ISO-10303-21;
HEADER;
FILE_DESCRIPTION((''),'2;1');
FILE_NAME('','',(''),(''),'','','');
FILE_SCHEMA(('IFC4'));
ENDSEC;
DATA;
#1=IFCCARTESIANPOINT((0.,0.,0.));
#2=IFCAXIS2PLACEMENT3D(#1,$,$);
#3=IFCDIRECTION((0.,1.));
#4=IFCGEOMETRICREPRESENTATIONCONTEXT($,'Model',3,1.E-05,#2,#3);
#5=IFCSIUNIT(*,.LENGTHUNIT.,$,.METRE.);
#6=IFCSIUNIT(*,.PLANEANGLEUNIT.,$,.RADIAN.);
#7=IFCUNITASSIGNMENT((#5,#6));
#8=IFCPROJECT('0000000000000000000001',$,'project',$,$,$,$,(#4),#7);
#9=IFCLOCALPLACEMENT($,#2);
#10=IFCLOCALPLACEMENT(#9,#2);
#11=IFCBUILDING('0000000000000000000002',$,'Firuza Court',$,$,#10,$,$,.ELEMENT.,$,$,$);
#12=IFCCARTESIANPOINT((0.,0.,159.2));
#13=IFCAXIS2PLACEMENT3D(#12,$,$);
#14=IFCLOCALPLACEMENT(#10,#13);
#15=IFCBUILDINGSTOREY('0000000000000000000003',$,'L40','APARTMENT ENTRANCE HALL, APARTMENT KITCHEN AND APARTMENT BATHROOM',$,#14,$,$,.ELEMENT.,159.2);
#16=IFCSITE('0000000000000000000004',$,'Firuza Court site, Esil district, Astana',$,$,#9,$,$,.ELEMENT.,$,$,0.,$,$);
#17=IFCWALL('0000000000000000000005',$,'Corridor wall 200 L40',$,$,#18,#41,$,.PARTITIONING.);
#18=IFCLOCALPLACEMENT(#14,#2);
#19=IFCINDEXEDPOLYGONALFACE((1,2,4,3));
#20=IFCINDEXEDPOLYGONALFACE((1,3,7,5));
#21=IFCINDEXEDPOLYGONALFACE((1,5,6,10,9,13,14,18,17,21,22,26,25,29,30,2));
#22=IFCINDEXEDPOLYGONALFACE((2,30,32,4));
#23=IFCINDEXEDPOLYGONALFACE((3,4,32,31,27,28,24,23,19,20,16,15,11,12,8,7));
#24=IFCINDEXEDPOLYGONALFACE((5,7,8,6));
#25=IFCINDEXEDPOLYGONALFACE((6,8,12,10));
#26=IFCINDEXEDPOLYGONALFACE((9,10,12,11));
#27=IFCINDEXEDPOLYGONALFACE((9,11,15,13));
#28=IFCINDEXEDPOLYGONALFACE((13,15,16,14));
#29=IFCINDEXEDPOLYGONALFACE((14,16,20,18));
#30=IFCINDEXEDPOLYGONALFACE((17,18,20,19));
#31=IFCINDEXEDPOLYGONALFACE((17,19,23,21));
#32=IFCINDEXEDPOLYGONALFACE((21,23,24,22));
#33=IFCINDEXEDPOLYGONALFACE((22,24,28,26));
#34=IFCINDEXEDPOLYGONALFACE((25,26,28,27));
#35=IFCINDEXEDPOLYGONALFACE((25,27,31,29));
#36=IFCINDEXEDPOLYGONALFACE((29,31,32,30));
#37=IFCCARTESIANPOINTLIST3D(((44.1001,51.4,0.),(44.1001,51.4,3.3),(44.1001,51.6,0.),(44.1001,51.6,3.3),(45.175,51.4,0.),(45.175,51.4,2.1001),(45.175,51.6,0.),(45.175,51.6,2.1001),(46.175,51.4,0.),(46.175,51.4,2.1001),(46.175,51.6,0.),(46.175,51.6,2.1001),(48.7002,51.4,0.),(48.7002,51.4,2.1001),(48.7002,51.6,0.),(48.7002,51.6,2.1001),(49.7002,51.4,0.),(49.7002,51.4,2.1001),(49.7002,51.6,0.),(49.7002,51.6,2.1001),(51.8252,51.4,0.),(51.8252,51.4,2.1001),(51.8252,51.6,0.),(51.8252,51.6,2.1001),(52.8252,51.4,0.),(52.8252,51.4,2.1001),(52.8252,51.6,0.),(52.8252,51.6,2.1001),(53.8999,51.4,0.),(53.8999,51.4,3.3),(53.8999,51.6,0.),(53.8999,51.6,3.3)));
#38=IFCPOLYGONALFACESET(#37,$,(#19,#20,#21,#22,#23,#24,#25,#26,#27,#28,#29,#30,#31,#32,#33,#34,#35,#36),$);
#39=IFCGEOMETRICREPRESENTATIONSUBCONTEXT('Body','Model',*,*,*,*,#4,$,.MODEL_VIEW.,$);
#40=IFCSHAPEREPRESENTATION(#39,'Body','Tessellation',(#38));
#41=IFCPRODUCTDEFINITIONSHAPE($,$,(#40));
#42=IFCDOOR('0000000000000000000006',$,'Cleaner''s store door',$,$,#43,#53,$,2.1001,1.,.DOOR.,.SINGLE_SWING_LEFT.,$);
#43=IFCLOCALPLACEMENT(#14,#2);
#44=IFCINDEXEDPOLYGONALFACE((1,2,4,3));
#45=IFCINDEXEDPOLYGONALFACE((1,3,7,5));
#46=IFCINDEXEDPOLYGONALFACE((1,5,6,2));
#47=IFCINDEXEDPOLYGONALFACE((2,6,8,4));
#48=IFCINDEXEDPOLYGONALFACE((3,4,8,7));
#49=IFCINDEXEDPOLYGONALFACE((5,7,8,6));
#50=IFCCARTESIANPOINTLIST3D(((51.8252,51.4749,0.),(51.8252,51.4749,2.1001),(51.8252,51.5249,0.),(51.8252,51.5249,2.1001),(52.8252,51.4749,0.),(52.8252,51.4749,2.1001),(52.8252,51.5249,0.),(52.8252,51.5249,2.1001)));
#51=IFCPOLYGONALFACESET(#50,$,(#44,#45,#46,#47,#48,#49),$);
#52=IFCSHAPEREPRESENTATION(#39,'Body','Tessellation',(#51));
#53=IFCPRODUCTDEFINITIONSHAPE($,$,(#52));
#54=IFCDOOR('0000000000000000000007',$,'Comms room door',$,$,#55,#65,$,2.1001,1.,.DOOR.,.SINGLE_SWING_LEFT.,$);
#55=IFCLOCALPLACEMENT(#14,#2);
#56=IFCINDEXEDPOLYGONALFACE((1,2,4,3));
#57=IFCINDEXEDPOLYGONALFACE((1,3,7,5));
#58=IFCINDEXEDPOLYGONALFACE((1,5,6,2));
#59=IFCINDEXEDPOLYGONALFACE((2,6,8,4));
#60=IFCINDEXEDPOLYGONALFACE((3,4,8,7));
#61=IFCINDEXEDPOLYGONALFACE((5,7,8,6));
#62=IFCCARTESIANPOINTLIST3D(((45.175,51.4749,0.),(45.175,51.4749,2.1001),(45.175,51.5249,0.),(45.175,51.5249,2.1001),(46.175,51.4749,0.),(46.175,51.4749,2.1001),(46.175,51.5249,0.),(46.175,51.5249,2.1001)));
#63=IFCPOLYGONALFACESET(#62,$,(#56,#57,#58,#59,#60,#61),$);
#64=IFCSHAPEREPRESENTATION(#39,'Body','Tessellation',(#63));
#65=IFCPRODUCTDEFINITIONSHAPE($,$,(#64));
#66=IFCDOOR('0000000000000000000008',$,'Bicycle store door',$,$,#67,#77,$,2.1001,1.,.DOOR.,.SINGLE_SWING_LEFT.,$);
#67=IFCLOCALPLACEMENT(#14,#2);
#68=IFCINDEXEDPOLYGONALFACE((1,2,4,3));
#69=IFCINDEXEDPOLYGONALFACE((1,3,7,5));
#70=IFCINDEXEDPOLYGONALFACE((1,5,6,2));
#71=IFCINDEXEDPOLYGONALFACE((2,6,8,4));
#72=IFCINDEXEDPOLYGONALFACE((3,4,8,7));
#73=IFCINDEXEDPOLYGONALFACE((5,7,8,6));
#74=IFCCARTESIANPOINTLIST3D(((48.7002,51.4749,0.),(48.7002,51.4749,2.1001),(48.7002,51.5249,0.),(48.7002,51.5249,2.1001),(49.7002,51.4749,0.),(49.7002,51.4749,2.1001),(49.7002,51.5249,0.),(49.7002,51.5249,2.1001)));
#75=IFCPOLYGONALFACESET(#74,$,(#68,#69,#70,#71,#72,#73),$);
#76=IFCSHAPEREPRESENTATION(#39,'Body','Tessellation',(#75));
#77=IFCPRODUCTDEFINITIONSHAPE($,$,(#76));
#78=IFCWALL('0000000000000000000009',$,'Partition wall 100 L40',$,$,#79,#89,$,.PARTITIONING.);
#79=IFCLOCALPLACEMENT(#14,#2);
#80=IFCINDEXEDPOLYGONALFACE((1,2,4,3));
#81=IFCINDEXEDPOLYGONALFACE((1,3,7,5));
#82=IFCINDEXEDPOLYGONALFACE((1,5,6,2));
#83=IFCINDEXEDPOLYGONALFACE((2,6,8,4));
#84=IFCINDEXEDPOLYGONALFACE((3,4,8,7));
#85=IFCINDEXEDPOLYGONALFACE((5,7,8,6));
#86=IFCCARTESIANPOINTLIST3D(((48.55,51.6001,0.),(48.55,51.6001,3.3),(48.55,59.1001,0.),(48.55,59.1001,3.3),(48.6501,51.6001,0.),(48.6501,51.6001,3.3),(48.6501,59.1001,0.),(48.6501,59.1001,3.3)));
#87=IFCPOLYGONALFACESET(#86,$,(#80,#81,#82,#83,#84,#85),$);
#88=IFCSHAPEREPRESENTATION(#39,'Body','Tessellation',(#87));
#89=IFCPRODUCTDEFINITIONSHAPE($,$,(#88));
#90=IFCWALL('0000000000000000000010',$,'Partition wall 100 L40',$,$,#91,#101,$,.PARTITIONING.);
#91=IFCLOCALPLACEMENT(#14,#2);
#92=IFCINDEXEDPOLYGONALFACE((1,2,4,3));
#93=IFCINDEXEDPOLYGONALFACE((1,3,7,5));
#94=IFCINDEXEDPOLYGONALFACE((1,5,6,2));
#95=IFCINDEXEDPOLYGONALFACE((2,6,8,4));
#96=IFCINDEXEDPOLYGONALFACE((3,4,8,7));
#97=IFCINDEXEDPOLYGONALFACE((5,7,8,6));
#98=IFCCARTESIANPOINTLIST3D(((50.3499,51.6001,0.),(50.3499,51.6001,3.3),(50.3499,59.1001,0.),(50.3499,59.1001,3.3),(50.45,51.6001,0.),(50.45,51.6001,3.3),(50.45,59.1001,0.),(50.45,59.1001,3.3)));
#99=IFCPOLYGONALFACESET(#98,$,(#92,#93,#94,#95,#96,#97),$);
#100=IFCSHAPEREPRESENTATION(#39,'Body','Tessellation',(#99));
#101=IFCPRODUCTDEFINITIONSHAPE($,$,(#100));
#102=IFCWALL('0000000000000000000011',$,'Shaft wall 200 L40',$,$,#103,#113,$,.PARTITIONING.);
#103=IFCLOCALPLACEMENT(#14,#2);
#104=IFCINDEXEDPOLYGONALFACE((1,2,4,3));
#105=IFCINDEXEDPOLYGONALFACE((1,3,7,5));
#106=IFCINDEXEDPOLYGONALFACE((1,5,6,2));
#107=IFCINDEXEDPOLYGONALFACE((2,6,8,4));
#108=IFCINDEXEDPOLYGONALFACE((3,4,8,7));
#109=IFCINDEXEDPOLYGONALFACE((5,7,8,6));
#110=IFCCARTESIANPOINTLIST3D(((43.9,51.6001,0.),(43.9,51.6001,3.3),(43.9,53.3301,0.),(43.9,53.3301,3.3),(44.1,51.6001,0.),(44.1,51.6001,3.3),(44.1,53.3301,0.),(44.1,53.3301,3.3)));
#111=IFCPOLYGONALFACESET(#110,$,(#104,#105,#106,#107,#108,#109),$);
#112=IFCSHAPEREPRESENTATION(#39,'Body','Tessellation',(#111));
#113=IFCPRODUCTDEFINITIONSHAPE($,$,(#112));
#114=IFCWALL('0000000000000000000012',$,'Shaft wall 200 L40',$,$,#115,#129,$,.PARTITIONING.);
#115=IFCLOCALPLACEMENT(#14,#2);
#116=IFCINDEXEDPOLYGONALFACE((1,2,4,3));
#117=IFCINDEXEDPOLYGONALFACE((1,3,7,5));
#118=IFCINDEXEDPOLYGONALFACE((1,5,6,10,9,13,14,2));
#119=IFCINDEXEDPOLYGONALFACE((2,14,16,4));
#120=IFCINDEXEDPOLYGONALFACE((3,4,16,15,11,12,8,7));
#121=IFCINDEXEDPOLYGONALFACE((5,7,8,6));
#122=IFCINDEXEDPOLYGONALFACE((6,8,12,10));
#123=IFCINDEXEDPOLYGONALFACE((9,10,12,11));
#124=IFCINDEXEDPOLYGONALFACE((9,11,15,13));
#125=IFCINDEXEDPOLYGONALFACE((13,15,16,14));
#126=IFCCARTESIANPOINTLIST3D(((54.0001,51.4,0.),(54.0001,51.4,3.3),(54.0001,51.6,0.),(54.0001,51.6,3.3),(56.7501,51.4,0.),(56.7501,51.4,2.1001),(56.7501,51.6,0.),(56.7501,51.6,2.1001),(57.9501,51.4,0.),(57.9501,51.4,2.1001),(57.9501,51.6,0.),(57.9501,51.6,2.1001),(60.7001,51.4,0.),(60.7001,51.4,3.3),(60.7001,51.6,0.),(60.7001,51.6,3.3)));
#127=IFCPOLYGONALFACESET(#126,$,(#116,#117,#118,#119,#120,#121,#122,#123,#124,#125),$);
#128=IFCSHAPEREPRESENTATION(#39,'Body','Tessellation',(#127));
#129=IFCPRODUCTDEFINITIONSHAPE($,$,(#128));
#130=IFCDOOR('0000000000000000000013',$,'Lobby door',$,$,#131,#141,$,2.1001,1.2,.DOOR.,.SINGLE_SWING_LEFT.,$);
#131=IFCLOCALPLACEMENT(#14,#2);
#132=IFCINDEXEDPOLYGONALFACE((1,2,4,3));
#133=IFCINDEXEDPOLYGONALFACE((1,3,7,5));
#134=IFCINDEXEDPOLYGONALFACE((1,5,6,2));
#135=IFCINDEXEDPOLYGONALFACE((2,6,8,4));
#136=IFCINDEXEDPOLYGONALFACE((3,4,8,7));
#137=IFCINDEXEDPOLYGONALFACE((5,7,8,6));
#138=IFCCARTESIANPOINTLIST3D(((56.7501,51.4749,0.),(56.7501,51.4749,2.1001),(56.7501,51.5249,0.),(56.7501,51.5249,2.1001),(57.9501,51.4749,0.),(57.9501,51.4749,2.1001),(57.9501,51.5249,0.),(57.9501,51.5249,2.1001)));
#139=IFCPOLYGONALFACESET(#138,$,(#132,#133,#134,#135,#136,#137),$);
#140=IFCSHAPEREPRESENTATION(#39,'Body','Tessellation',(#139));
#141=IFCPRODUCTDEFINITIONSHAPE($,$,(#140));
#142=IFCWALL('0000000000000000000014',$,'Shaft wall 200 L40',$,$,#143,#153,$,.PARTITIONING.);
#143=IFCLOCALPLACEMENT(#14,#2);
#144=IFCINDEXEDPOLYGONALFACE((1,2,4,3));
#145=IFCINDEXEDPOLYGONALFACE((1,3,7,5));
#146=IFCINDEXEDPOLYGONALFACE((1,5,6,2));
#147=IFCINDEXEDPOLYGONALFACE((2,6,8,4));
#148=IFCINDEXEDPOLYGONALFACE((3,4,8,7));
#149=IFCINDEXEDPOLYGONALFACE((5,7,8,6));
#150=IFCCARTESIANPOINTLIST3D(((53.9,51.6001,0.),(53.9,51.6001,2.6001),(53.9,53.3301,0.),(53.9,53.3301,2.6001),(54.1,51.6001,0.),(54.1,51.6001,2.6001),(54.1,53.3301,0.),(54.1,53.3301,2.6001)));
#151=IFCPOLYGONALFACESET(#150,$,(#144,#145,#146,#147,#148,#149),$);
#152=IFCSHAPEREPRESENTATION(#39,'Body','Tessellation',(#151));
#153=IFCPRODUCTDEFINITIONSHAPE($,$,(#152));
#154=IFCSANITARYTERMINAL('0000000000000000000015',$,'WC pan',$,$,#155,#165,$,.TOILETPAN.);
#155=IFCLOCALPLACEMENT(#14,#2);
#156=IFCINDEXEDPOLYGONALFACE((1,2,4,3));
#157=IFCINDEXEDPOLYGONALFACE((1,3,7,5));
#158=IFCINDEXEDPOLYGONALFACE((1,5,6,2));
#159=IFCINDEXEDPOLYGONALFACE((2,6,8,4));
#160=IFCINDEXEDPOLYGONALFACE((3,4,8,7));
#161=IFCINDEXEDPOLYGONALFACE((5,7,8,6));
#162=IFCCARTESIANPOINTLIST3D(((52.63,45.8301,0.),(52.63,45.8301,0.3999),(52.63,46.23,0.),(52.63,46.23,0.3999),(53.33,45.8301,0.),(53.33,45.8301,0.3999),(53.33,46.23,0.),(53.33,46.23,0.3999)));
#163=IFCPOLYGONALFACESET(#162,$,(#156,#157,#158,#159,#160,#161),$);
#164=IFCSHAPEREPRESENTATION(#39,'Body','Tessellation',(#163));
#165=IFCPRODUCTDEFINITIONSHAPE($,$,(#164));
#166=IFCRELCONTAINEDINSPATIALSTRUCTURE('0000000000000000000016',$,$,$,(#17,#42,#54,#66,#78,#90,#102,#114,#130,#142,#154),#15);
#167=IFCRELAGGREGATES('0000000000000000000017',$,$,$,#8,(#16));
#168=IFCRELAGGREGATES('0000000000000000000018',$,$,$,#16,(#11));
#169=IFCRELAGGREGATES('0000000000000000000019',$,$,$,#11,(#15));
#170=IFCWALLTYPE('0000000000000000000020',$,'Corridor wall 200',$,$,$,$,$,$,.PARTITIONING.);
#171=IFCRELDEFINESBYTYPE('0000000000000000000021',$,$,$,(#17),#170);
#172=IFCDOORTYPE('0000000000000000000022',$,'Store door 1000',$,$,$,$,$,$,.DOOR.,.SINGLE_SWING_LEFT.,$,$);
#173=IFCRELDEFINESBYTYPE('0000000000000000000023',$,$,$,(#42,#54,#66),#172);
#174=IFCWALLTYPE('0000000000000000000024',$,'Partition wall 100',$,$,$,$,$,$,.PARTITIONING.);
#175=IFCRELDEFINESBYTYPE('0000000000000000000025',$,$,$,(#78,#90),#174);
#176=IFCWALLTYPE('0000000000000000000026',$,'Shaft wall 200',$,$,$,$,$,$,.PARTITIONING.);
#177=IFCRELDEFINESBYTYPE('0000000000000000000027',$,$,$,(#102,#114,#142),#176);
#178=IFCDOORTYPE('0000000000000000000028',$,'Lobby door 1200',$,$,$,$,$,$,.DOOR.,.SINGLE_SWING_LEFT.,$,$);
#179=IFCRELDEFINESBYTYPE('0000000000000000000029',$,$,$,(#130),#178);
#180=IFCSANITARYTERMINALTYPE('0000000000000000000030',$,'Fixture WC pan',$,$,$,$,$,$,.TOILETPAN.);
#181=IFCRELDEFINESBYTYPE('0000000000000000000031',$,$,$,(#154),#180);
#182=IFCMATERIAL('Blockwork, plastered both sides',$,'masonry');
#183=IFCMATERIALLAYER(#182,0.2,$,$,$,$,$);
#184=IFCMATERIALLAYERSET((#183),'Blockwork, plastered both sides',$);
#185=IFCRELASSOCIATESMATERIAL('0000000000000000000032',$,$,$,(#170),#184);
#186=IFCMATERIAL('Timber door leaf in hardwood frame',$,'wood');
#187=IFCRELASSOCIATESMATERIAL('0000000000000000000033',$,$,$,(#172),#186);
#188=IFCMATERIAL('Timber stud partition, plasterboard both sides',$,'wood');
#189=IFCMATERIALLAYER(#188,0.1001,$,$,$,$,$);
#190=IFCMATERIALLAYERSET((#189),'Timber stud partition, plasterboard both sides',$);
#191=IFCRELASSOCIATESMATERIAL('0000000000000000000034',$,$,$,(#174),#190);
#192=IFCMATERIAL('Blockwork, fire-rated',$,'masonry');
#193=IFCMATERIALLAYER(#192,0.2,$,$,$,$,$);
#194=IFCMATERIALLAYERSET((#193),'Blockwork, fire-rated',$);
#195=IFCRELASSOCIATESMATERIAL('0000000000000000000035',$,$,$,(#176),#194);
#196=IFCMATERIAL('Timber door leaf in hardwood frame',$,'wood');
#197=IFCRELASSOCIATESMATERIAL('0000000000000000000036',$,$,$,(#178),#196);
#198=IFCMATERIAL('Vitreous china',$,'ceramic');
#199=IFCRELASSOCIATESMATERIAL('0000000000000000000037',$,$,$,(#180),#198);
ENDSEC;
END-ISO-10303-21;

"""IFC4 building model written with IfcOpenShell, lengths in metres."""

from ifc_helpers import new_model, si_unit, direction, frame, frame_2d, origin, origin_2d, place, context, subcontext, project, spatial, rectangle, extrude, material, layer, layer_set, type_object, element, fill, save


model = new_model("IFC4")

# Units and contexts
model_context = context("Model", 3, precision=1e-05, world=origin(), true_north=direction((0.0, 1.0)))
body_context = subcontext(model_context, "Body", "Model", "MODEL_VIEW")
ifc_project = project(units=[si_unit("LENGTHUNIT", "METRE"), si_unit("PLANEANGLEUNIT", "RADIAN")], contexts=[model_context])

# Site, building, storey
site_placement = place(None, origin())
site = spatial("IfcSite", under=ifc_project, at=site_placement, Name="Firuza Court site, Esil district, Astana", CompositionType="ELEMENT", RefElevation=0.0)
building_placement = place(site_placement, origin())
building = spatial("IfcBuilding", under=site, at=building_placement, Name="Firuza Court", CompositionType="ELEMENT")
storey_placement = place(building_placement, frame((0.0, 0.0, 159.2)))
storey = spatial("IfcBuildingStorey", under=building, at=storey_placement, Name="L40", Description="APARTMENT ENTRANCE HALL, APARTMENT KITCHEN AND APARTMENT BATHROOM", CompositionType="ELEMENT", Elevation=159.2)

# Shared definitions
ifc_material_1 = material(Name="Blockwork, plastered both sides", Category="masonry")
ifc_layer_1 = layer(ifc_material_1, 0.2)
ifc_layer_set_1 = layer_set([ifc_layer_1], Name="Blockwork, plastered both sides")
wall_type_1 = type_object("IfcWallType", Name="Corridor wall 200", PredefinedType="PARTITIONING", material=ifc_layer_set_1)

# Wall, openings, doors
wall_1_placement = place(storey_placement, frame((44.1001, 51.5, 0.0), z_axis=(0.0, 0.0, 1.0), x_axis=(1.0, 0.0, 0.0)))
wall_1 = element("IfcWall", 1, at=wall_1_placement, inside=storey, type_object=wall_type_1, Name="Corridor wall 200 L40", PredefinedType="PARTITIONING", context=body_context, shape_type="SweptSolid", body=[
    extrude(rectangle(XDim=9.7998, YDim=0.2, at=frame_2d((4.8999, 0.0))), origin(), (0.0, 0.0, 1.0), 3.3),
])
opening_1_placement = place(wall_1_placement, frame((7.7251, 0.0, 0.0)))
opening_1 = element("IfcOpeningElement", 2, at=opening_1_placement, cuts=wall_1, PredefinedType="OPENING", context=body_context, shape_type="SweptSolid", body=[
    extrude(rectangle(XDim=1.0, YDim=2.1001, at=frame_2d((0.5, 1.05))), frame((0.0, 0.1118, 0.0), z_axis=(0.0, -1.0, 0.0), x_axis=(1.0, 0.0, 0.0)), (0.0, 0.0, 1.0), 0.2239),
])
opening_2_placement = place(wall_1_placement, frame((1.075, 0.0, 0.0)))
opening_2 = element("IfcOpeningElement", 3, at=opening_2_placement, cuts=wall_1, PredefinedType="OPENING", context=body_context, shape_type="SweptSolid", body=[
    extrude(rectangle(XDim=1.0, YDim=2.1001, at=frame_2d((0.5, 1.05))), frame((0.0, 0.1118, 0.0), z_axis=(0.0, -1.0, 0.0), x_axis=(1.0, 0.0, 0.0)), (0.0, 0.0, 1.0), 0.2239),
])
opening_3_placement = place(wall_1_placement, frame((4.6001, 0.0, 0.0)))
opening_3 = element("IfcOpeningElement", 4, at=opening_3_placement, cuts=wall_1, PredefinedType="OPENING", context=body_context, shape_type="SweptSolid", body=[
    extrude(rectangle(XDim=1.0, YDim=2.1001, at=frame_2d((0.5, 1.05))), frame((0.0, 0.1118, 0.0), z_axis=(0.0, -1.0, 0.0), x_axis=(1.0, 0.0, 0.0)), (0.0, 0.0, 1.0), 0.2239),
])
ifc_material_2 = material(Name="Timber door leaf in hardwood frame", Category="wood")
door_type_1 = type_object("IfcDoorType", Name="Store door 1000", OperationType="SINGLE_SWING_LEFT", PredefinedType="DOOR", material=ifc_material_2)
door_1_placement = place(opening_1_placement, origin())
door_1 = element("IfcDoor", 5, at=door_1_placement, inside=storey, type_object=door_type_1, Name="Cleaner's store door", OperationType="SINGLE_SWING_LEFT", OverallHeight=2.1001, OverallWidth=1.0, PredefinedType="DOOR", context=body_context, shape_type="SweptSolid", body=[
    extrude(rectangle(XDim=1.0, YDim=2.1001, at=frame_2d((0.5, 1.05))), frame((0.0, 0.0249, 0.0), z_axis=(0.0, -1.0, 0.0), x_axis=(1.0, 0.0, 0.0)), (0.0, 0.0, 1.0), 0.05),
])
fill(opening_1, door_1)
door_2_placement = place(opening_2_placement, origin())
door_2 = element("IfcDoor", 6, at=door_2_placement, inside=storey, type_object=door_type_1, Name="Comms room door", OperationType="SINGLE_SWING_LEFT", OverallHeight=2.1001, OverallWidth=1.0, PredefinedType="DOOR", context=body_context, shape_type="SweptSolid", body=[
    extrude(rectangle(XDim=1.0, YDim=2.1001, at=frame_2d((0.5, 1.05))), frame((0.0, 0.0249, 0.0), z_axis=(0.0, -1.0, 0.0), x_axis=(1.0, 0.0, 0.0)), (0.0, 0.0, 1.0), 0.05),
])
fill(opening_2, door_2)
door_3_placement = place(opening_3_placement, origin())
door_3 = element("IfcDoor", 7, at=door_3_placement, inside=storey, type_object=door_type_1, Name="Bicycle store door", OperationType="SINGLE_SWING_LEFT", OverallHeight=2.1001, OverallWidth=1.0, PredefinedType="DOOR", context=body_context, shape_type="SweptSolid", body=[
    extrude(rectangle(XDim=1.0, YDim=2.1001, at=frame_2d((0.5, 1.05))), frame((0.0, 0.0249, 0.0), z_axis=(0.0, -1.0, 0.0), x_axis=(1.0, 0.0, 0.0)), (0.0, 0.0, 1.0), 0.05),
])
fill(opening_3, door_3)

# Walls
ifc_material_3 = material(Name="Timber stud partition, plasterboard both sides", Category="wood")
ifc_layer_2 = layer(ifc_material_3, 0.1001)
ifc_layer_set_2 = layer_set([ifc_layer_2], Name="Timber stud partition, plasterboard both sides")
wall_type_2 = type_object("IfcWallType", Name="Partition wall 100", PredefinedType="PARTITIONING", material=ifc_layer_set_2)
for number, where, z_axis, x_axis, name in (
    (8, (48.6001, 51.6001, 0.0), (0.0, 0.0, 1.0), (0.0, 1.0, 0.0), "Partition wall 100 L40"),
    (9, (50.3999, 51.6001, 0.0), (0.0, 0.0, 1.0), (0.0, 1.0, 0.0), "Partition wall 100 L40"),
):
    element("IfcWall", number, at=place(storey_placement, frame(where, z_axis=z_axis, x_axis=x_axis)), inside=storey, type_object=wall_type_2, Name=name, PredefinedType="PARTITIONING", context=body_context, shape_type="SweptSolid", body=[
        extrude(rectangle(XDim=7.5, YDim=0.1001, at=frame_2d((3.75, 0.0))), origin(), (0.0, 0.0, 1.0), 3.3),
    ])
ifc_material_4 = material(Name="Blockwork, fire-rated", Category="masonry")
ifc_layer_3 = layer(ifc_material_4, 0.2)
ifc_layer_set_3 = layer_set([ifc_layer_3], Name="Blockwork, fire-rated")
wall_type_3 = type_object("IfcWallType", Name="Shaft wall 200", PredefinedType="PARTITIONING", material=ifc_layer_set_3)
wall_2_placement = place(storey_placement, frame((44.0, 51.6001, 0.0), z_axis=(0.0, 0.0, 1.0), x_axis=(0.0, 1.0, 0.0)))
element("IfcWall", 10, at=wall_2_placement, inside=storey, type_object=wall_type_3, Name="Shaft wall 200 L40", PredefinedType="PARTITIONING", context=body_context, shape_type="SweptSolid", body=[
    extrude(rectangle(XDim=1.73, YDim=0.2, at=frame_2d((0.865, 0.0))), origin(), (0.0, 0.0, 1.0), 3.3),
])

# Wall, opening, door
wall_3_placement = place(storey_placement, frame((54.0, 51.5, 0.0), z_axis=(0.0, 0.0, 1.0), x_axis=(1.0, 0.0, 0.0)))
wall_3 = element("IfcWall", 11, at=wall_3_placement, inside=storey, type_object=wall_type_3, Name="Shaft wall 200 L40", PredefinedType="PARTITIONING", context=body_context, shape_type="SweptSolid", body=[
    extrude(rectangle(XDim=6.7, YDim=0.2, at=frame_2d((3.3501, 0.0))), origin(), (0.0, 0.0, 1.0), 3.3),
])
opening_4_placement = place(wall_3_placement, frame((2.75, 0.0, 0.0)))
opening_4 = element("IfcOpeningElement", 12, at=opening_4_placement, cuts=wall_3, PredefinedType="OPENING", context=body_context, shape_type="SweptSolid", body=[
    extrude(rectangle(XDim=1.2, YDim=2.1001, at=frame_2d((0.6001, 1.05))), frame((0.0, 0.1118, 0.0), z_axis=(0.0, -1.0, 0.0), x_axis=(1.0, 0.0, 0.0)), (0.0, 0.0, 1.0), 0.2239),
])
ifc_material_5 = material(Name="Timber door leaf in hardwood frame", Category="wood")
door_type_2 = type_object("IfcDoorType", Name="Lobby door 1200", OperationType="SINGLE_SWING_LEFT", PredefinedType="DOOR", material=ifc_material_5)
door_4_placement = place(opening_4_placement, origin())
door_4 = element("IfcDoor", 13, at=door_4_placement, inside=storey, type_object=door_type_2, Name="Lobby door", OperationType="SINGLE_SWING_LEFT", OverallHeight=2.1001, OverallWidth=1.2, PredefinedType="DOOR", context=body_context, shape_type="SweptSolid", body=[
    extrude(rectangle(XDim=1.2, YDim=2.1001, at=frame_2d((0.6001, 1.05))), frame((0.0, 0.0249, 0.0), z_axis=(0.0, -1.0, 0.0), x_axis=(1.0, 0.0, 0.0)), (0.0, 0.0, 1.0), 0.05),
])
fill(opening_4, door_4)

# Wall
wall_4_placement = place(storey_placement, frame((54.0, 51.6001, 0.0), z_axis=(0.0, 0.0, 1.0), x_axis=(0.0, 1.0, 0.0)))
element("IfcWall", 14, at=wall_4_placement, inside=storey, type_object=wall_type_3, Name="Shaft wall 200 L40", PredefinedType="PARTITIONING", context=body_context, shape_type="SweptSolid", body=[
    extrude(rectangle(XDim=1.73, YDim=0.2, at=frame_2d((0.865, 0.0))), origin(), (0.0, 0.0, 1.0), 2.6001),
])

# Sanitary terminal
ifc_material_6 = material(Name="Vitreous china", Category="ceramic")
sanitary_terminal_type_1 = type_object("IfcSanitaryTerminalType", Name="Fixture WC pan", PredefinedType="TOILETPAN", material=ifc_material_6)
sanitary_terminal_1_placement = place(storey_placement, frame((52.98, 46.03, 0.0), z_axis=(0.0, 0.0, 1.0), x_axis=(1.0, 0.0, 0.0)))
element("IfcSanitaryTerminal", 15, at=sanitary_terminal_1_placement, inside=storey, type_object=sanitary_terminal_type_1, Name="WC pan", PredefinedType="TOILETPAN", context=body_context, shape_type="SweptSolid", body=[
    extrude(rectangle(XDim=0.7, YDim=0.3999, at=origin_2d()), origin(), (0.0, 0.0, 1.0), 0.3999),
])

save(model, "model.ifc")
